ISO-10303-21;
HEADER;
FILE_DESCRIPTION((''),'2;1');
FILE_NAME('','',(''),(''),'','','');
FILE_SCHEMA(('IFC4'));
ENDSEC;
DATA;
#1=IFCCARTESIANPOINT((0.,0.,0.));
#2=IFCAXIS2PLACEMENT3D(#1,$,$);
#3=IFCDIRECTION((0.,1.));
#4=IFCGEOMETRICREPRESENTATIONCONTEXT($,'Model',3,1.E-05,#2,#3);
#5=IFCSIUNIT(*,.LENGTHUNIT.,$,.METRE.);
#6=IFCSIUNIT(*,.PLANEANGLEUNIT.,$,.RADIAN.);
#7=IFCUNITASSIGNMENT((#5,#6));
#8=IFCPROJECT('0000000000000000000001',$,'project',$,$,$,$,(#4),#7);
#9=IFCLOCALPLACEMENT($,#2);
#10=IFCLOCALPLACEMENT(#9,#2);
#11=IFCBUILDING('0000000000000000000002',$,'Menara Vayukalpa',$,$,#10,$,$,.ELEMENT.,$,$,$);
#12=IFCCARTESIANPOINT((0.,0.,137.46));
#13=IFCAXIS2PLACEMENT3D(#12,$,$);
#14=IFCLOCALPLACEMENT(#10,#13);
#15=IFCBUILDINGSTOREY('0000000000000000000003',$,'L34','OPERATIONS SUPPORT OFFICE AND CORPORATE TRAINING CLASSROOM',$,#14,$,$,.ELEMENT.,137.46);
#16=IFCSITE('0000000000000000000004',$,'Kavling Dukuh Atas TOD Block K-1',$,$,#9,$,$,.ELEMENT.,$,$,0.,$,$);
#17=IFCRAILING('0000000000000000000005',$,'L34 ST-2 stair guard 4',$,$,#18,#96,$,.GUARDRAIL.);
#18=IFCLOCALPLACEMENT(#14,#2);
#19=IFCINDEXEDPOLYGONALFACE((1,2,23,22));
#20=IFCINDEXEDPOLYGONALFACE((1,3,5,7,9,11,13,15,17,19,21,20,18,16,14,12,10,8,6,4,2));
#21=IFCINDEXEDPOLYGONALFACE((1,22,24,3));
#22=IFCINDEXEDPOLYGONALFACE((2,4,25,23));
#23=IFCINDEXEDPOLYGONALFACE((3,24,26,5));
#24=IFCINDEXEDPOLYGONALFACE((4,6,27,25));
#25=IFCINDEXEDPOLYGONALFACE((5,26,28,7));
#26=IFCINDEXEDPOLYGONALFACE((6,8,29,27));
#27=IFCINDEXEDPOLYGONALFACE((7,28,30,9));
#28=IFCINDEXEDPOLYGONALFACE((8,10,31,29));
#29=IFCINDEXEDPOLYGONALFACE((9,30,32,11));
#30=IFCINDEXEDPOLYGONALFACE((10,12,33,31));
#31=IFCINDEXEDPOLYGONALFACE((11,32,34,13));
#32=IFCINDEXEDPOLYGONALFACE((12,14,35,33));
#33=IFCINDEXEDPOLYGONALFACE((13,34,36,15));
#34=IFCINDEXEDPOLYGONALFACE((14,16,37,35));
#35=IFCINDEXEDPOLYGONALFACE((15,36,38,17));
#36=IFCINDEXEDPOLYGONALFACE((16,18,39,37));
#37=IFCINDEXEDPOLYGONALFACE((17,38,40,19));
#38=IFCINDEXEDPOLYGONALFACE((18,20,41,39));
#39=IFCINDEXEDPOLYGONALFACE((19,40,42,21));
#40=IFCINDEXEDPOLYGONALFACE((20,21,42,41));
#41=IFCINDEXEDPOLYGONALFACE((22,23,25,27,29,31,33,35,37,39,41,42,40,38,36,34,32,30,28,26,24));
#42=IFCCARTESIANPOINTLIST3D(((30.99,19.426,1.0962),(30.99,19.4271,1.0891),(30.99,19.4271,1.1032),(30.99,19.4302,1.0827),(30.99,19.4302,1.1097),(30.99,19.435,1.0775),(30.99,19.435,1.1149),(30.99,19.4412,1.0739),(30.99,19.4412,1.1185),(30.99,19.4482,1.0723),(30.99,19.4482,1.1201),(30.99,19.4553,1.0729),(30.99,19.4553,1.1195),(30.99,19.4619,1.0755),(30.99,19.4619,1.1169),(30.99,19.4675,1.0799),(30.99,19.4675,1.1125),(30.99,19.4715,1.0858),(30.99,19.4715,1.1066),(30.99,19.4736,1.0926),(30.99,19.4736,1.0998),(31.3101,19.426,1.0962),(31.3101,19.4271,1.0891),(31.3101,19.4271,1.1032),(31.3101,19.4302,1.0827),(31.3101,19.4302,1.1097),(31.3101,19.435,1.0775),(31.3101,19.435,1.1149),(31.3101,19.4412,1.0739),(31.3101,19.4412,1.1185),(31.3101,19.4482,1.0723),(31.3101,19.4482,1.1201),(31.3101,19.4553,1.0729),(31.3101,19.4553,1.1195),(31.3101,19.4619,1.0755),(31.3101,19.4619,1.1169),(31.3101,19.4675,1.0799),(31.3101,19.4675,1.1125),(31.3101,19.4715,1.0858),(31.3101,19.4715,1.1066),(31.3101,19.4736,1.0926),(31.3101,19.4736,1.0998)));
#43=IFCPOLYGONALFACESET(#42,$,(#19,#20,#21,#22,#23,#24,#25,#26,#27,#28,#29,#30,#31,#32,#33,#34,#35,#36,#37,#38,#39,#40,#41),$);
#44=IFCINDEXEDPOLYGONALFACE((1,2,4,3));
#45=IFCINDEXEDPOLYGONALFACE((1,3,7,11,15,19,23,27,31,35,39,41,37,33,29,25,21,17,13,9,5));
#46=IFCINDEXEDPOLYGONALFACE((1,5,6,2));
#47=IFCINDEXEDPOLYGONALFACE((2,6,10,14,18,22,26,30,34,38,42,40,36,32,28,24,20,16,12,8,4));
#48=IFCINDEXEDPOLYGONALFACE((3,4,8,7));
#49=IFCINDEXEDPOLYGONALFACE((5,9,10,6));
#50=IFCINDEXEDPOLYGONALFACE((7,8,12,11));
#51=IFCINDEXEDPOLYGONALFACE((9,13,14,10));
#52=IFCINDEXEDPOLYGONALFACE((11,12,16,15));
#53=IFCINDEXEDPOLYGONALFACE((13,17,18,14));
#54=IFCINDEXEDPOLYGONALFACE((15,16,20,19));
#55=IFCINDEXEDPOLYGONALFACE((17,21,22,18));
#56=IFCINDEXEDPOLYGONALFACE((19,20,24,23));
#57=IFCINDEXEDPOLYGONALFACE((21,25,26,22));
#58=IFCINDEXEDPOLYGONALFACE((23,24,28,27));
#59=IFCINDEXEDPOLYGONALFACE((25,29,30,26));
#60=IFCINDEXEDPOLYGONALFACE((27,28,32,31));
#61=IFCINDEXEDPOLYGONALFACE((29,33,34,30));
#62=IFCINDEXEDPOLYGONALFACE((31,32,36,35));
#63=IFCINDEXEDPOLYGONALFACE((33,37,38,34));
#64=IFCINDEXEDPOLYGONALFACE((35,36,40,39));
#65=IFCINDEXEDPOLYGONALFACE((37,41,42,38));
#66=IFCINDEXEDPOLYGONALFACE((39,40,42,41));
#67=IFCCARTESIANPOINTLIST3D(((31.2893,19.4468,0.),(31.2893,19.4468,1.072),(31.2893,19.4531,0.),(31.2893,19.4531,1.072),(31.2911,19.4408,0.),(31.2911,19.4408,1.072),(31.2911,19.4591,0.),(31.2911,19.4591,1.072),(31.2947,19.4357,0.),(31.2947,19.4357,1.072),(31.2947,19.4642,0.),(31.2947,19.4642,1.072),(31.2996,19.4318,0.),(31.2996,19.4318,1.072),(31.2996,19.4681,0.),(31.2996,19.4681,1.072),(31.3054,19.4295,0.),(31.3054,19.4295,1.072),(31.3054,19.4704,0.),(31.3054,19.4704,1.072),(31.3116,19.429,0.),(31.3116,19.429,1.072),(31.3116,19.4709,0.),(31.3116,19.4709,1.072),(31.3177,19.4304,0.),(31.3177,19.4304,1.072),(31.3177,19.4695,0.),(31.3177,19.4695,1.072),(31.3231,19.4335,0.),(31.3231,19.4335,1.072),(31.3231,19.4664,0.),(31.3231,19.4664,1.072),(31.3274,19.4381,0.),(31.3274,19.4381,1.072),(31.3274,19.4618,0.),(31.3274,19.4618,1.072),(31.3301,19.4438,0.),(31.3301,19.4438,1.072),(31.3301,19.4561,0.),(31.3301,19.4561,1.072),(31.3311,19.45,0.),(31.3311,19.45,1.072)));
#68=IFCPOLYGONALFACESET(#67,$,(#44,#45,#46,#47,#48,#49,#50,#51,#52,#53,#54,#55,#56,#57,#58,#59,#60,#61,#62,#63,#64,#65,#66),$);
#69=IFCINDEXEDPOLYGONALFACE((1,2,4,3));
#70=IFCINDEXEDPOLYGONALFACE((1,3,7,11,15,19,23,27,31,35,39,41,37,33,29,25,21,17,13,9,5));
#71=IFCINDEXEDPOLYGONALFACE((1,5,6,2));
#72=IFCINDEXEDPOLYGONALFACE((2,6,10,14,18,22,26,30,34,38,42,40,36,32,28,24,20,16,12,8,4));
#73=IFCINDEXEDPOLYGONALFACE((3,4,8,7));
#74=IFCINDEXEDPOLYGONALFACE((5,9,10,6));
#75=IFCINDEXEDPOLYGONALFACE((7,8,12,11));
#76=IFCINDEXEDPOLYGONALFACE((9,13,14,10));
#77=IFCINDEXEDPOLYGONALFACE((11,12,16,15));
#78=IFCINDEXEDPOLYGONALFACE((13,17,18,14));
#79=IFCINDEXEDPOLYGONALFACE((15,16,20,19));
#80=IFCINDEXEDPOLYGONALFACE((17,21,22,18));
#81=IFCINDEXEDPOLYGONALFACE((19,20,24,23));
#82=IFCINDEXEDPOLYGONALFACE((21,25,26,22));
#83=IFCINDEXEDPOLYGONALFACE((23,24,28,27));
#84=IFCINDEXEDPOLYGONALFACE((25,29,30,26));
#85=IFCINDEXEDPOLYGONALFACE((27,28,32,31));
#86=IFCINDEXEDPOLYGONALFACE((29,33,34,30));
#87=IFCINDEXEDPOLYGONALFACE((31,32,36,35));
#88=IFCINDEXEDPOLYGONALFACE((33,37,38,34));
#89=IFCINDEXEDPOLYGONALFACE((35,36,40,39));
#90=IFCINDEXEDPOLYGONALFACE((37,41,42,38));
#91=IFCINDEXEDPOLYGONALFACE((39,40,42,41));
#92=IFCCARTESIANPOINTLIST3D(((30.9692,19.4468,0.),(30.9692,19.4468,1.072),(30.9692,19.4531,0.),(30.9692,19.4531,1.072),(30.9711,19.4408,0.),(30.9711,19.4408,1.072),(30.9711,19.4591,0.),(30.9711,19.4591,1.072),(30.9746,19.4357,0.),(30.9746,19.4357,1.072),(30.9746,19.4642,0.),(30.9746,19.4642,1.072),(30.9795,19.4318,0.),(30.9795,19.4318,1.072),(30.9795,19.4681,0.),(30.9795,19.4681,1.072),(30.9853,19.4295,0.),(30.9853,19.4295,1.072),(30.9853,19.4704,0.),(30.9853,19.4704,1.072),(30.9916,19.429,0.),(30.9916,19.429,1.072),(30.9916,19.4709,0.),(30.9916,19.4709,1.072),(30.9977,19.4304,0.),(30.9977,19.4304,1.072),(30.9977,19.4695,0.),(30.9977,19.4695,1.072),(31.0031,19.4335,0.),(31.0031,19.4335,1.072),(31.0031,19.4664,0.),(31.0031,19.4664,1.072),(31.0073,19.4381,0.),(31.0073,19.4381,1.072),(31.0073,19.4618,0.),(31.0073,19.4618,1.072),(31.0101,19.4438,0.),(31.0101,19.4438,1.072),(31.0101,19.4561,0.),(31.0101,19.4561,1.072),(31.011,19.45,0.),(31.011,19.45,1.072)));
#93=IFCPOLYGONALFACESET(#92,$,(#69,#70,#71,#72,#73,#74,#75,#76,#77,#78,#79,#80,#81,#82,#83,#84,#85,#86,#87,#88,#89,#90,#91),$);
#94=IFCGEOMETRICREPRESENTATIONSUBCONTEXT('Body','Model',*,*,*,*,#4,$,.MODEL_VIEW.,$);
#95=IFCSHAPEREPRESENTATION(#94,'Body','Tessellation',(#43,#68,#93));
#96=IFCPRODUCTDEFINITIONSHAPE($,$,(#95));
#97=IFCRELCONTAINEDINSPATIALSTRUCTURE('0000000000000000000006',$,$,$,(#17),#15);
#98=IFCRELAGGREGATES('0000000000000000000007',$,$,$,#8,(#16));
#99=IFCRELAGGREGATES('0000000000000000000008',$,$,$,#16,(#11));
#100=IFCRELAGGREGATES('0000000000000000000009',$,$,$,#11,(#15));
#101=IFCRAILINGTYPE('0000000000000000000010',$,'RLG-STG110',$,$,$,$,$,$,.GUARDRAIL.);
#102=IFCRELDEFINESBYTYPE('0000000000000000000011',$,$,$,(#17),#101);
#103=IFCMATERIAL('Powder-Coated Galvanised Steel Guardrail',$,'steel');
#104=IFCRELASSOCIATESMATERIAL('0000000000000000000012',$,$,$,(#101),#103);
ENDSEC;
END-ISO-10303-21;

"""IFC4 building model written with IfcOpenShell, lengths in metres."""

from ifc_helpers import new_model, si_unit, direction, frame, origin, origin_2d, place, context, subcontext, project, spatial, circle, extrude, material, type_object, element, save


model = new_model("IFC4")

# Units and contexts
model_context = context("Model", 3, precision=1e-05, world=origin(), true_north=direction((0.0, 1.0)))
body_context = subcontext(model_context, "Body", "Model", "MODEL_VIEW")
ifc_project = project(units=[si_unit("LENGTHUNIT", "METRE"), si_unit("PLANEANGLEUNIT", "RADIAN")], contexts=[model_context])

# Site, building, storey
site_placement = place(None, origin())
site = spatial("IfcSite", under=ifc_project, at=site_placement, Name="Kavling Dukuh Atas TOD Block K-1", CompositionType="ELEMENT", RefElevation=0.0)
building_placement = place(site_placement, origin())
building = spatial("IfcBuilding", under=site, at=building_placement, Name="Menara Vayukalpa", CompositionType="ELEMENT")
storey_placement = place(building_placement, frame((0.0, 0.0, 137.46)))
storey = spatial("IfcBuildingStorey", under=building, at=storey_placement, Name="L34", Description="OPERATIONS SUPPORT OFFICE AND CORPORATE TRAINING CLASSROOM", CompositionType="ELEMENT", Elevation=137.46)

# Railing
ifc_material_1 = material(Name="Powder-Coated Galvanised Steel Guardrail", Category="steel")
railing_type_1 = type_object("IfcRailingType", Name="RLG-STG110", PredefinedType="GUARDRAIL", material=ifc_material_1)
railing_1_placement = place(storey_placement, frame((31.3101, 19.45, 0.0)))
element("IfcRailing", 1, at=railing_1_placement, inside=storey, type_object=railing_type_1, Name="L34 ST-2 stair guard 4", PredefinedType="GUARDRAIL", context=body_context, shape_type="SweptSolid", body=[
    extrude(circle(Radius=0.0239, at=origin_2d()), frame((0.0, 0.0, 1.0962), z_axis=(-1.0, 0.0, 0.0), x_axis=(0.0, -1.0, 0.0)), (0.0, 0.0, 1.0), 0.3201),
    extrude(circle(Radius=0.021, at=origin_2d()), origin(), (0.0, 0.0, 1.0), 1.072),
    extrude(circle(Radius=0.021, at=origin_2d()), frame((-0.3201, 0.0, 0.0)), (0.0, 0.0, 1.0), 1.072),
])

save(model, "model.ifc")
